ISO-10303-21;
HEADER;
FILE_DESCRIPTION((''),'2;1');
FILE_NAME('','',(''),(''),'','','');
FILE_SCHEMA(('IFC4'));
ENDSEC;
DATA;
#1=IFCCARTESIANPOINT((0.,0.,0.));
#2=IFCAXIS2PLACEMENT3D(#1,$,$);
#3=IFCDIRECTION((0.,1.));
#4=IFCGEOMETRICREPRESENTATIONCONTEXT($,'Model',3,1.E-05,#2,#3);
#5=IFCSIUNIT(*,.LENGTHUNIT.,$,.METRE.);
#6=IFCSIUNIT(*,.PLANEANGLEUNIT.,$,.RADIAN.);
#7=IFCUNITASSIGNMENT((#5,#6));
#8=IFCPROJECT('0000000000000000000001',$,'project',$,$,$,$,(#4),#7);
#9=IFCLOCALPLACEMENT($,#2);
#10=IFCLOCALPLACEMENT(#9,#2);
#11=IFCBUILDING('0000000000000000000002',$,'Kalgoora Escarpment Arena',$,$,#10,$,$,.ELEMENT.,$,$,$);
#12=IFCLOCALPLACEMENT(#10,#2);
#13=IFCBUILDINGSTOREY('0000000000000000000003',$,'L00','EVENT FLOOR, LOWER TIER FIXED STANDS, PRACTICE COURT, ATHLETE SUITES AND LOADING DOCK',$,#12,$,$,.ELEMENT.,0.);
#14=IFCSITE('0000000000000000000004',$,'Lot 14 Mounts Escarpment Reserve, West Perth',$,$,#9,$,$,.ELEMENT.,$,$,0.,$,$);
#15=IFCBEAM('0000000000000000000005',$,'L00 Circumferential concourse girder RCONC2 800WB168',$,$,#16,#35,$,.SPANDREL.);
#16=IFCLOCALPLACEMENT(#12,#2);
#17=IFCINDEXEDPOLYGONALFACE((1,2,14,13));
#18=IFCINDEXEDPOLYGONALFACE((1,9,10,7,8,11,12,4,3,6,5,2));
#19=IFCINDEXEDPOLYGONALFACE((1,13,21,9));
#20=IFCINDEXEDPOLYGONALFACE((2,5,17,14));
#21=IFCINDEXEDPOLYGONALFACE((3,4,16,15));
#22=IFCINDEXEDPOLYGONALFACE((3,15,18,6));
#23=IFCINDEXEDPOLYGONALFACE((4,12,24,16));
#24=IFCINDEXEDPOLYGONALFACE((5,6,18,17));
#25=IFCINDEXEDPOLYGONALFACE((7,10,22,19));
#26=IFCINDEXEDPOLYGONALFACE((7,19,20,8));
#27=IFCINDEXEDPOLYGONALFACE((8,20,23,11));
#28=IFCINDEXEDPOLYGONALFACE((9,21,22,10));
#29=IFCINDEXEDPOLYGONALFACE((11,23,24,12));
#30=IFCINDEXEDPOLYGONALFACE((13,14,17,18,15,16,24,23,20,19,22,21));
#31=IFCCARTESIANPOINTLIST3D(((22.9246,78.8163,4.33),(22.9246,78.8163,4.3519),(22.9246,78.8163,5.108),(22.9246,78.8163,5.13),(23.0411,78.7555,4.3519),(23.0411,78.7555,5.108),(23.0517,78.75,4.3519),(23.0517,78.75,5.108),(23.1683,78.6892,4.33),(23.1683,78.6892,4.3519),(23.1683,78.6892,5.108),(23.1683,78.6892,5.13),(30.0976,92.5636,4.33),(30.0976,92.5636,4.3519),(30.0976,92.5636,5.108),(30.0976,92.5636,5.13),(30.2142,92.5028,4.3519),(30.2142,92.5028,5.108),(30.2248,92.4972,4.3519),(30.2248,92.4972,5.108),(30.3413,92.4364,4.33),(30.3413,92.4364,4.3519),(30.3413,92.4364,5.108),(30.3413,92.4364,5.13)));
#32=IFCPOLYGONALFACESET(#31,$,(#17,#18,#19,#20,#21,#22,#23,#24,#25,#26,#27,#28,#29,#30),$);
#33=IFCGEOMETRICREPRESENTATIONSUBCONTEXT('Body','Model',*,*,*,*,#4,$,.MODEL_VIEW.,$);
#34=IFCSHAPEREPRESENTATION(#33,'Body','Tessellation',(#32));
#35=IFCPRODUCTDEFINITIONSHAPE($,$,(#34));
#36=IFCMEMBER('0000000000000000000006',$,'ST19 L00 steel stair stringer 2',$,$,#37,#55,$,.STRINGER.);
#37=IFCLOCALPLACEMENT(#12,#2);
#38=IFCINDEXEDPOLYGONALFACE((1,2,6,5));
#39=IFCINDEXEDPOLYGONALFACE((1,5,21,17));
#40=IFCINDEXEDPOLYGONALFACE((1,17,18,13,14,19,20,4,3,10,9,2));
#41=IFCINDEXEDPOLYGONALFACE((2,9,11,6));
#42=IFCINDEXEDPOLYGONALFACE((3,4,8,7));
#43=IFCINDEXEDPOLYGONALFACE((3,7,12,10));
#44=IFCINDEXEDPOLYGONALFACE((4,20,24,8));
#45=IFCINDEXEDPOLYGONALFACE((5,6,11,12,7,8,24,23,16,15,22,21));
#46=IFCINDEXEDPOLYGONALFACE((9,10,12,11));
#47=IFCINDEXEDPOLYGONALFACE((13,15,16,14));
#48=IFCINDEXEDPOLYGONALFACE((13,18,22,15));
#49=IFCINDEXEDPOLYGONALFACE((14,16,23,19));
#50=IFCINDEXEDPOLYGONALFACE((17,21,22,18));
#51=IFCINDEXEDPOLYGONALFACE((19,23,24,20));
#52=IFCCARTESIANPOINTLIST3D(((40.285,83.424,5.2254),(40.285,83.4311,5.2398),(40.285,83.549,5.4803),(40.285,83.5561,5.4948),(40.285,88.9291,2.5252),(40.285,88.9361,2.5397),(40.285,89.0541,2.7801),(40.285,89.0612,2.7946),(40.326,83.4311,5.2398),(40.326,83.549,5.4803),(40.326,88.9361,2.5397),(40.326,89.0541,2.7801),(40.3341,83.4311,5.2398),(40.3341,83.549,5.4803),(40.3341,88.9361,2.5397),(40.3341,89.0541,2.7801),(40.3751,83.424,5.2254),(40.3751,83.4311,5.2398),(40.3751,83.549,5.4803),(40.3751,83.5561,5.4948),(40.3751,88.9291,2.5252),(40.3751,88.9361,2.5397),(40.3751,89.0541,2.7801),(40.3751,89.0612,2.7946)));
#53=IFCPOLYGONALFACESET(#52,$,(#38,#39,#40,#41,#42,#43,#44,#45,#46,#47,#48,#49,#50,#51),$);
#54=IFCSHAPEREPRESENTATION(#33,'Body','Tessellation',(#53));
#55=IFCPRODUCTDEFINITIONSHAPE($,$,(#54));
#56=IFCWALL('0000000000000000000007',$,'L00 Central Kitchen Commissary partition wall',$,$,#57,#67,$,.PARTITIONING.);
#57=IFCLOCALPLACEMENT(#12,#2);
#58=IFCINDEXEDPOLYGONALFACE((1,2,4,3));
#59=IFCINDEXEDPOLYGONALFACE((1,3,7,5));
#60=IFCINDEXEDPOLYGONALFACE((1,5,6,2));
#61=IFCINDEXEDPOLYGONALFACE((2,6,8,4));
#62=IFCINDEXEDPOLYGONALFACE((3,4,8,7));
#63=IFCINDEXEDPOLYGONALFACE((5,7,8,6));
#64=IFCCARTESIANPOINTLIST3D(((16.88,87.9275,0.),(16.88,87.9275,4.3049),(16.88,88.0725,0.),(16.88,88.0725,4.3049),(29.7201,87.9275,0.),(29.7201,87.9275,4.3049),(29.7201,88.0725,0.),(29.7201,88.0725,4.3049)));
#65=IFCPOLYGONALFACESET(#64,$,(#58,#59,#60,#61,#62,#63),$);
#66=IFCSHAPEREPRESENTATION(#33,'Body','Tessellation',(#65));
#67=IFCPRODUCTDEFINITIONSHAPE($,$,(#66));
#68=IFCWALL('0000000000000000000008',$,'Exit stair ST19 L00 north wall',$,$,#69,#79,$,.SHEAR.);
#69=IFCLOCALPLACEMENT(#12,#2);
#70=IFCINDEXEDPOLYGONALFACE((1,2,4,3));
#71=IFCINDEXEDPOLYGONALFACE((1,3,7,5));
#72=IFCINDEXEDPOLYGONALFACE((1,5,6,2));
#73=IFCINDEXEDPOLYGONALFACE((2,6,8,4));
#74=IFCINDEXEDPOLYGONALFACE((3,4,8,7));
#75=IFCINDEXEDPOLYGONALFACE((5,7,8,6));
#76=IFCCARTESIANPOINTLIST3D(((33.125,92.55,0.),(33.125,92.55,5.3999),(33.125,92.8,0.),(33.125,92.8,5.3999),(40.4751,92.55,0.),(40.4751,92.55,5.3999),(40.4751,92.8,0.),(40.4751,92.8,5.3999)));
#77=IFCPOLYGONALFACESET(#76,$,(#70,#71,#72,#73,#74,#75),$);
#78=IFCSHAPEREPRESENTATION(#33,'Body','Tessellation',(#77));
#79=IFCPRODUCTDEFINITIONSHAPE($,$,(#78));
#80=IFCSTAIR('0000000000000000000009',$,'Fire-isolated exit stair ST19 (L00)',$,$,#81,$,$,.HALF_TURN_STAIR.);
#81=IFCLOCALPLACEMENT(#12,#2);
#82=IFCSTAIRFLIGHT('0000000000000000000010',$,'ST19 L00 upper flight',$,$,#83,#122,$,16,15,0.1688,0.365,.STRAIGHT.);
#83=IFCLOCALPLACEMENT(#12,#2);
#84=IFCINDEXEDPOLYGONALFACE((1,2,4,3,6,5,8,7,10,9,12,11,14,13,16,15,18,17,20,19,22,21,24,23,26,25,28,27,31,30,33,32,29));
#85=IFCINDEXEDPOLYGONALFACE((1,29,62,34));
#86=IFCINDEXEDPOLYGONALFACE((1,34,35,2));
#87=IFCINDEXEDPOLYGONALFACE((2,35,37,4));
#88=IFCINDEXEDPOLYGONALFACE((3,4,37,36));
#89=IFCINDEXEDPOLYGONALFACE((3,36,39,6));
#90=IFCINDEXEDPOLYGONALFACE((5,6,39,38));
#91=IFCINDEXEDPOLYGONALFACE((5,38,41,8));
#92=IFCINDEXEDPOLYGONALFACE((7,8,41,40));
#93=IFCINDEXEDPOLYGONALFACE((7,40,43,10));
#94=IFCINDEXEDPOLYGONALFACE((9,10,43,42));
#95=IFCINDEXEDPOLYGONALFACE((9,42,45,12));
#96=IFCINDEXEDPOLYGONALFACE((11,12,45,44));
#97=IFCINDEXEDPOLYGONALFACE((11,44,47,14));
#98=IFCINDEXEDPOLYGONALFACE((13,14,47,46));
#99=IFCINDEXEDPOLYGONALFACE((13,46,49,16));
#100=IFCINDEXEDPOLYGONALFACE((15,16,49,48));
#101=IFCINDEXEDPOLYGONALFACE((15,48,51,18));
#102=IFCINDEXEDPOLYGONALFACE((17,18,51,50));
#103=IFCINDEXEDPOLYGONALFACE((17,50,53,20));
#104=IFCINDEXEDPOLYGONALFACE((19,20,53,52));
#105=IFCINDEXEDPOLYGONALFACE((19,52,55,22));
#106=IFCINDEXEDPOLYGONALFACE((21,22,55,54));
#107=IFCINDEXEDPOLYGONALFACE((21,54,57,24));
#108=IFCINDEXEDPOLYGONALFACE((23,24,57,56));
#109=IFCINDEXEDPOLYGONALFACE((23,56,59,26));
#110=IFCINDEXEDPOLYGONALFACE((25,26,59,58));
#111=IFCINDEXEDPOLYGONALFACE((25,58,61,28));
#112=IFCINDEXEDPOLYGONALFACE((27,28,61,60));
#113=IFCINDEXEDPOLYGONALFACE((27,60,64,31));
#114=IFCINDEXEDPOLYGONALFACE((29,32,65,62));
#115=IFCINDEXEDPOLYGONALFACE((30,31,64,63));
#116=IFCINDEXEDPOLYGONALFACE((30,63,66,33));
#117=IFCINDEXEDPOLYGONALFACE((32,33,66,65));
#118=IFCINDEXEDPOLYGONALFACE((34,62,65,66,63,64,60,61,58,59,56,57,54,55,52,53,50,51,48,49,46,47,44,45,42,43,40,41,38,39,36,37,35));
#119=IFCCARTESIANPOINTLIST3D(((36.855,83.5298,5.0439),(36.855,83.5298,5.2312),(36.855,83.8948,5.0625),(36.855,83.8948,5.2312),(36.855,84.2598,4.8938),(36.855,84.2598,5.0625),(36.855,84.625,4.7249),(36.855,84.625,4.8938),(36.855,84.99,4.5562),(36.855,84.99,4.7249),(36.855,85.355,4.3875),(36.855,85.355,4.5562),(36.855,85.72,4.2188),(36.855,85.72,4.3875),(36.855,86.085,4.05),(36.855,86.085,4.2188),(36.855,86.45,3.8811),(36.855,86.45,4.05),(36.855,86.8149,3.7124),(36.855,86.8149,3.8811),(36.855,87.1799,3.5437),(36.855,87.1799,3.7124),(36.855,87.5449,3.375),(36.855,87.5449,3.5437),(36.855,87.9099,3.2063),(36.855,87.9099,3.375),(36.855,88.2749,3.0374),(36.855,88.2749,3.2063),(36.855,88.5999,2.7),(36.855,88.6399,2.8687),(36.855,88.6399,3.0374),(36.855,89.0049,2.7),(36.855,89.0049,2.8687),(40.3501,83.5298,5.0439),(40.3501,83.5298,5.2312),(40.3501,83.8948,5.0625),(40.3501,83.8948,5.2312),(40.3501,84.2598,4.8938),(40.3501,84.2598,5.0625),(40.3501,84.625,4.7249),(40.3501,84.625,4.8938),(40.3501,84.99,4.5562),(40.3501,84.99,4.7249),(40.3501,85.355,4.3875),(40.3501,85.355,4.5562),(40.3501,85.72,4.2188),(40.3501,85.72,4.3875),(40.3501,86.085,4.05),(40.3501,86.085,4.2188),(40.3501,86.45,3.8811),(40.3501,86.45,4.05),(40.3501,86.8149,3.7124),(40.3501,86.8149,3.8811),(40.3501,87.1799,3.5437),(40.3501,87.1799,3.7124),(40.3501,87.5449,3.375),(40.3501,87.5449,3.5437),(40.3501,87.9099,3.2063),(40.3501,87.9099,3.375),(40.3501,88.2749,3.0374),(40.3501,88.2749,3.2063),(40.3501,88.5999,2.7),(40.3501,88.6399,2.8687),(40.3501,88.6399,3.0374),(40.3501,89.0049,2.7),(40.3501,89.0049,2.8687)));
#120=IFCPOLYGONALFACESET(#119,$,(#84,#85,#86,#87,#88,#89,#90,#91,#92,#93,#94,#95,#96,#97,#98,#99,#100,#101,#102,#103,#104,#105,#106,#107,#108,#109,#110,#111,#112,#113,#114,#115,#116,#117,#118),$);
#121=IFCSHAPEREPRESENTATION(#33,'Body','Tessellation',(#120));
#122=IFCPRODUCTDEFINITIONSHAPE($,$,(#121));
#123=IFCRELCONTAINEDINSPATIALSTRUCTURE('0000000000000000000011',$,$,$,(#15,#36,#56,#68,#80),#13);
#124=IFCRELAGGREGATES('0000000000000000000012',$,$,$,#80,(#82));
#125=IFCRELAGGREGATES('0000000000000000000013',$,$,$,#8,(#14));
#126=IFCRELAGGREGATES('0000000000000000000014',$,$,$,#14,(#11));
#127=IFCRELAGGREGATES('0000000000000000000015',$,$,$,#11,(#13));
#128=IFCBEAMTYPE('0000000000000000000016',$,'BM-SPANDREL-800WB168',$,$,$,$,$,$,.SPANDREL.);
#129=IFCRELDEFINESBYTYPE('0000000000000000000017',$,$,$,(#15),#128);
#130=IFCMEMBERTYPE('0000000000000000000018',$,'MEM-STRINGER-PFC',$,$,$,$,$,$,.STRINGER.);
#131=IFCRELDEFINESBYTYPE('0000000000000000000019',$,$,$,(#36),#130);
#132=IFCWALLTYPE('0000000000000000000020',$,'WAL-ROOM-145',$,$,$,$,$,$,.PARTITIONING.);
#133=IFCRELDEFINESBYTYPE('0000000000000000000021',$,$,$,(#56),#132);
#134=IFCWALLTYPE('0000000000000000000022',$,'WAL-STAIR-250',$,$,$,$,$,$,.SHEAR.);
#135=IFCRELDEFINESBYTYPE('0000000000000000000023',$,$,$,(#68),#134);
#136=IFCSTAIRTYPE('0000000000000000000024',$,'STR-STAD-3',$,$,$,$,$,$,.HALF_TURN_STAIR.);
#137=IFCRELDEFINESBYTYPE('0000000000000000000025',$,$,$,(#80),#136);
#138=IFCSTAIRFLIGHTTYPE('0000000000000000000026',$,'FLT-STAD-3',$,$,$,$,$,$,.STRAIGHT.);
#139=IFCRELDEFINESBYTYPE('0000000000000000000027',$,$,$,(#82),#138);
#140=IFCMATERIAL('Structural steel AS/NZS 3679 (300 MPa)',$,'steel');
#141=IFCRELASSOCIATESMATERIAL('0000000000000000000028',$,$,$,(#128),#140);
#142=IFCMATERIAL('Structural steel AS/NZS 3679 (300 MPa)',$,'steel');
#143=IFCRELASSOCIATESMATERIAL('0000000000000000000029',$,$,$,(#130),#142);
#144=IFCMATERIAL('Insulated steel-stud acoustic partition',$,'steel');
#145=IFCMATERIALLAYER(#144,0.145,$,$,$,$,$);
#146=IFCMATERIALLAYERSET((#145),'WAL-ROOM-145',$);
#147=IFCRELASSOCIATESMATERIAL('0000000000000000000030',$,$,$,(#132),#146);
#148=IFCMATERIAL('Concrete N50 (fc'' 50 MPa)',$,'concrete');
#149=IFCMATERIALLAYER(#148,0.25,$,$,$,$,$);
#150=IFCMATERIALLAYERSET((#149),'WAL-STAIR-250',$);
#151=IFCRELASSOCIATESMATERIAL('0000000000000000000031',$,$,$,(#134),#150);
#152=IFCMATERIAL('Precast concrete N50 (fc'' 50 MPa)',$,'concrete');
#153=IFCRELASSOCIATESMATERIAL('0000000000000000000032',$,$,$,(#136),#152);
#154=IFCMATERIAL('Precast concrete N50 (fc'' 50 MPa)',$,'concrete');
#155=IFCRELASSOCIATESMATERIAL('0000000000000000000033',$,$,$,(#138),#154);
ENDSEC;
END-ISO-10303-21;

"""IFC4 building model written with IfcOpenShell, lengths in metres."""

from ifc_helpers import new_model, si_unit, direction, frame, frame_2d, origin, origin_2d, place, context, subcontext, project, spatial, polyline, rectangle, i_section, outline, extrude, material, layer, layer_set, material_profile, profile_set, type_object, element, aggregate, save


model = new_model("IFC4")

# Units and contexts
model_context = context("Model", 3, precision=1e-05, world=origin(), true_north=direction((0.0, 1.0)))
body_context = subcontext(model_context, "Body", "Model", "MODEL_VIEW")
ifc_project = project(units=[si_unit("LENGTHUNIT", "METRE"), si_unit("PLANEANGLEUNIT", "RADIAN")], contexts=[model_context])

# Site, building, storey
site_placement = place(None, origin())
site = spatial("IfcSite", under=ifc_project, at=site_placement, Name="Lot 14 Mounts Escarpment Reserve, West Perth", CompositionType="ELEMENT", RefElevation=0.0)
building_placement = place(site_placement, origin())
building = spatial("IfcBuilding", under=site, at=building_placement, Name="Kalgoora Escarpment Arena", CompositionType="ELEMENT")
storey_placement = place(building_placement, origin())
storey = spatial("IfcBuildingStorey", under=building, at=storey_placement, Name="L00", Description="EVENT FLOOR, LOWER TIER FIXED STANDS, PRACTICE COURT, ATHLETE SUITES AND LOADING DOCK", CompositionType="ELEMENT", Elevation=0.0)

# Beam
ifc_material_1 = material(Name="Structural steel AS/NZS 3679 (300 MPa)", Category="steel")
ifc_material_profile_1 = material_profile(ifc_material_1, i_section(OverallWidth=0.2749, OverallDepth=0.8, WebThickness=0.012, FlangeThickness=0.022, at=origin_2d()))
ifc_profile_set_1 = profile_set([ifc_material_profile_1], Name="Structural steel AS/NZS 3679 (300 MPa)")
beam_type_1 = type_object("IfcBeamType", Name="BM-SPANDREL-800WB168", PredefinedType="SPANDREL", material=ifc_profile_set_1)
beam_1_placement = place(storey_placement, frame((30.2195, 92.5, 4.73), z_axis=(-0.462596, -0.886569, 0.0), x_axis=(0.886569, -0.462596, 0.0)))
element("IfcBeam", 1, at=beam_1_placement, inside=storey, type_object=beam_type_1, Name="L00 Circumferential concourse girder RCONC2 800WB168", PredefinedType="SPANDREL", context=body_context, shape_type="SweptSolid", body=[
    extrude(i_section(OverallWidth=0.2749, OverallDepth=0.8, WebThickness=0.012, FlangeThickness=0.022, at=origin_2d()), origin(), (0.0, 0.0, 1.0), 15.5061),
])

# Member
ifc_material_2 = material(Name="Structural steel AS/NZS 3679 (300 MPa)", Category="steel")
ifc_material_profile_2 = material_profile(ifc_material_2, i_section(OverallWidth=0.0901, OverallDepth=0.3, WebThickness=0.0081, FlangeThickness=0.0161, at=origin_2d()))
ifc_profile_set_2 = profile_set([ifc_material_profile_2], Name="Structural steel AS/NZS 3679 (300 MPa)")
member_type = type_object("IfcMemberType", Name="MEM-STRINGER-PFC", PredefinedType="STRINGER", material=ifc_profile_set_2)
member_placement = place(storey_placement, frame((40.3301, 88.9951, 2.6599), z_axis=(0.0, -0.897817, 0.440368), x_axis=(1.0, 0.0, 0.0)))
element("IfcMember", 2, at=member_placement, inside=storey, type_object=member_type, Name="ST19 L00 steel stair stringer 2", PredefinedType="STRINGER", context=body_context, shape_type="SweptSolid", body=[
    extrude(i_section(OverallWidth=0.0901, OverallDepth=0.3, WebThickness=0.0081, FlangeThickness=0.0161, at=origin_2d()), origin(), (0.0, 0.0, 1.0), 6.1316),
])

# Walls
ifc_material_3 = material(Name="Insulated steel-stud acoustic partition", Category="steel")
ifc_layer_1 = layer(ifc_material_3, 0.145)
ifc_layer_set_1 = layer_set([ifc_layer_1], Name="WAL-ROOM-145")
wall_type_1 = type_object("IfcWallType", Name="WAL-ROOM-145", PredefinedType="PARTITIONING", material=ifc_layer_set_1)
wall_1_placement = place(storey_placement, frame((29.72, 88.0, 0.0), z_axis=(0.0, 0.0, 1.0), x_axis=(-1.0, 0.0, 0.0)))
element("IfcWall", 3, at=wall_1_placement, inside=storey, type_object=wall_type_1, Name="L00 Central Kitchen Commissary partition wall", PredefinedType="PARTITIONING", context=body_context, shape_type="SweptSolid", body=[
    extrude(rectangle(XDim=12.8401, YDim=0.145, at=frame_2d((6.4199, 0.0))), origin(), (0.0, 0.0, 1.0), 4.3049),
])
ifc_material_4 = material(Name="Concrete N50 (fc' 50 MPa)", Category="concrete")
ifc_layer_2 = layer(ifc_material_4, 0.25)
ifc_layer_set_2 = layer_set([ifc_layer_2], Name="WAL-STAIR-250")
wall_type_2 = type_object("IfcWallType", Name="WAL-STAIR-250", PredefinedType="SHEAR", material=ifc_layer_set_2)
wall_2_placement = place(storey_placement, frame((33.125, 92.675, 0.0), z_axis=(0.0, 0.0, 1.0), x_axis=(1.0, 0.0, 0.0)))
element("IfcWall", 4, at=wall_2_placement, inside=storey, type_object=wall_type_2, Name="Exit stair ST19 L00 north wall", PredefinedType="SHEAR", context=body_context, shape_type="SweptSolid", body=[
    extrude(rectangle(XDim=7.3501, YDim=0.25, at=frame_2d((3.675, 0.0))), origin(), (0.0, 0.0, 1.0), 5.3999),
])

# Stair, stair flight
ifc_material_5 = material(Name="Precast concrete N50 (fc' 50 MPa)", Category="concrete")
stair_type = type_object("IfcStairType", Name="STR-STAD-3", PredefinedType="HALF_TURN_STAIR", material=ifc_material_5)
stair_placement = place(storey_placement, origin())
stair = element("IfcStair", 5, at=stair_placement, inside=storey, type_object=stair_type, Name="Fire-isolated exit stair ST19 (L00)", PredefinedType="HALF_TURN_STAIR")
ifc_material_6 = material(Name="Precast concrete N50 (fc' 50 MPa)", Category="concrete")
stair_flight_type = type_object("IfcStairFlightType", Name="FLT-STAD-3", PredefinedType="STRAIGHT", material=ifc_material_6)
stair_flight_placement = place(storey_placement, frame((38.6025, 89.0049, 2.7), z_axis=(0.0, 0.0, 1.0), x_axis=(0.0, -1.0, 0.0)))
stair_flight = element("IfcStairFlight", 6, at=stair_flight_placement, type_object=stair_flight_type, Name="ST19 L00 upper flight", NumberOfRisers=16, NumberOfTreads=15, PredefinedType="STRAIGHT", RiserHeight=0.1688, TreadLength=0.365, context=body_context, shape_type="SweptSolid", body=[
    extrude(outline(polyline([(0.0, 0.0), (0.0, 0.1687), (0.365, 0.1687), (0.365, 0.3374), (0.73, 0.3374), (0.73, 0.5063), (1.095, 0.5063), (1.095, 0.675), (1.46, 0.675), (1.46, 0.8438), (1.825, 0.8438), (1.825, 1.0125), (2.1899, 1.0125), (2.1899, 1.1812), (2.5549, 1.1812), (2.5549, 1.3501), (2.9199, 1.3501), (2.9199, 1.5188), (3.2849, 1.5188), (3.2849, 1.6875), (3.6499, 1.6875), (3.6499, 1.8562), (4.0149, 1.8562), (4.0149, 2.0249), (4.3799, 2.0249), (4.3799, 2.1938), (4.7451, 2.1938), (4.7451, 2.3625), (5.1101, 2.3625), (5.1101, 2.5312), (5.4751, 2.5312), (5.4751, 2.7), (5.4751, 2.344), (0.405, 0.0), (0.0, 0.0)])), frame((0.0, 1.7476, 0.0), z_axis=(0.0, -1.0, 0.0), x_axis=(1.0, 0.0, 0.0)), (0.0, 0.0, 1.0), 3.4951),
])
aggregate(stair, [stair_flight])

save(model, "model.ifc")
